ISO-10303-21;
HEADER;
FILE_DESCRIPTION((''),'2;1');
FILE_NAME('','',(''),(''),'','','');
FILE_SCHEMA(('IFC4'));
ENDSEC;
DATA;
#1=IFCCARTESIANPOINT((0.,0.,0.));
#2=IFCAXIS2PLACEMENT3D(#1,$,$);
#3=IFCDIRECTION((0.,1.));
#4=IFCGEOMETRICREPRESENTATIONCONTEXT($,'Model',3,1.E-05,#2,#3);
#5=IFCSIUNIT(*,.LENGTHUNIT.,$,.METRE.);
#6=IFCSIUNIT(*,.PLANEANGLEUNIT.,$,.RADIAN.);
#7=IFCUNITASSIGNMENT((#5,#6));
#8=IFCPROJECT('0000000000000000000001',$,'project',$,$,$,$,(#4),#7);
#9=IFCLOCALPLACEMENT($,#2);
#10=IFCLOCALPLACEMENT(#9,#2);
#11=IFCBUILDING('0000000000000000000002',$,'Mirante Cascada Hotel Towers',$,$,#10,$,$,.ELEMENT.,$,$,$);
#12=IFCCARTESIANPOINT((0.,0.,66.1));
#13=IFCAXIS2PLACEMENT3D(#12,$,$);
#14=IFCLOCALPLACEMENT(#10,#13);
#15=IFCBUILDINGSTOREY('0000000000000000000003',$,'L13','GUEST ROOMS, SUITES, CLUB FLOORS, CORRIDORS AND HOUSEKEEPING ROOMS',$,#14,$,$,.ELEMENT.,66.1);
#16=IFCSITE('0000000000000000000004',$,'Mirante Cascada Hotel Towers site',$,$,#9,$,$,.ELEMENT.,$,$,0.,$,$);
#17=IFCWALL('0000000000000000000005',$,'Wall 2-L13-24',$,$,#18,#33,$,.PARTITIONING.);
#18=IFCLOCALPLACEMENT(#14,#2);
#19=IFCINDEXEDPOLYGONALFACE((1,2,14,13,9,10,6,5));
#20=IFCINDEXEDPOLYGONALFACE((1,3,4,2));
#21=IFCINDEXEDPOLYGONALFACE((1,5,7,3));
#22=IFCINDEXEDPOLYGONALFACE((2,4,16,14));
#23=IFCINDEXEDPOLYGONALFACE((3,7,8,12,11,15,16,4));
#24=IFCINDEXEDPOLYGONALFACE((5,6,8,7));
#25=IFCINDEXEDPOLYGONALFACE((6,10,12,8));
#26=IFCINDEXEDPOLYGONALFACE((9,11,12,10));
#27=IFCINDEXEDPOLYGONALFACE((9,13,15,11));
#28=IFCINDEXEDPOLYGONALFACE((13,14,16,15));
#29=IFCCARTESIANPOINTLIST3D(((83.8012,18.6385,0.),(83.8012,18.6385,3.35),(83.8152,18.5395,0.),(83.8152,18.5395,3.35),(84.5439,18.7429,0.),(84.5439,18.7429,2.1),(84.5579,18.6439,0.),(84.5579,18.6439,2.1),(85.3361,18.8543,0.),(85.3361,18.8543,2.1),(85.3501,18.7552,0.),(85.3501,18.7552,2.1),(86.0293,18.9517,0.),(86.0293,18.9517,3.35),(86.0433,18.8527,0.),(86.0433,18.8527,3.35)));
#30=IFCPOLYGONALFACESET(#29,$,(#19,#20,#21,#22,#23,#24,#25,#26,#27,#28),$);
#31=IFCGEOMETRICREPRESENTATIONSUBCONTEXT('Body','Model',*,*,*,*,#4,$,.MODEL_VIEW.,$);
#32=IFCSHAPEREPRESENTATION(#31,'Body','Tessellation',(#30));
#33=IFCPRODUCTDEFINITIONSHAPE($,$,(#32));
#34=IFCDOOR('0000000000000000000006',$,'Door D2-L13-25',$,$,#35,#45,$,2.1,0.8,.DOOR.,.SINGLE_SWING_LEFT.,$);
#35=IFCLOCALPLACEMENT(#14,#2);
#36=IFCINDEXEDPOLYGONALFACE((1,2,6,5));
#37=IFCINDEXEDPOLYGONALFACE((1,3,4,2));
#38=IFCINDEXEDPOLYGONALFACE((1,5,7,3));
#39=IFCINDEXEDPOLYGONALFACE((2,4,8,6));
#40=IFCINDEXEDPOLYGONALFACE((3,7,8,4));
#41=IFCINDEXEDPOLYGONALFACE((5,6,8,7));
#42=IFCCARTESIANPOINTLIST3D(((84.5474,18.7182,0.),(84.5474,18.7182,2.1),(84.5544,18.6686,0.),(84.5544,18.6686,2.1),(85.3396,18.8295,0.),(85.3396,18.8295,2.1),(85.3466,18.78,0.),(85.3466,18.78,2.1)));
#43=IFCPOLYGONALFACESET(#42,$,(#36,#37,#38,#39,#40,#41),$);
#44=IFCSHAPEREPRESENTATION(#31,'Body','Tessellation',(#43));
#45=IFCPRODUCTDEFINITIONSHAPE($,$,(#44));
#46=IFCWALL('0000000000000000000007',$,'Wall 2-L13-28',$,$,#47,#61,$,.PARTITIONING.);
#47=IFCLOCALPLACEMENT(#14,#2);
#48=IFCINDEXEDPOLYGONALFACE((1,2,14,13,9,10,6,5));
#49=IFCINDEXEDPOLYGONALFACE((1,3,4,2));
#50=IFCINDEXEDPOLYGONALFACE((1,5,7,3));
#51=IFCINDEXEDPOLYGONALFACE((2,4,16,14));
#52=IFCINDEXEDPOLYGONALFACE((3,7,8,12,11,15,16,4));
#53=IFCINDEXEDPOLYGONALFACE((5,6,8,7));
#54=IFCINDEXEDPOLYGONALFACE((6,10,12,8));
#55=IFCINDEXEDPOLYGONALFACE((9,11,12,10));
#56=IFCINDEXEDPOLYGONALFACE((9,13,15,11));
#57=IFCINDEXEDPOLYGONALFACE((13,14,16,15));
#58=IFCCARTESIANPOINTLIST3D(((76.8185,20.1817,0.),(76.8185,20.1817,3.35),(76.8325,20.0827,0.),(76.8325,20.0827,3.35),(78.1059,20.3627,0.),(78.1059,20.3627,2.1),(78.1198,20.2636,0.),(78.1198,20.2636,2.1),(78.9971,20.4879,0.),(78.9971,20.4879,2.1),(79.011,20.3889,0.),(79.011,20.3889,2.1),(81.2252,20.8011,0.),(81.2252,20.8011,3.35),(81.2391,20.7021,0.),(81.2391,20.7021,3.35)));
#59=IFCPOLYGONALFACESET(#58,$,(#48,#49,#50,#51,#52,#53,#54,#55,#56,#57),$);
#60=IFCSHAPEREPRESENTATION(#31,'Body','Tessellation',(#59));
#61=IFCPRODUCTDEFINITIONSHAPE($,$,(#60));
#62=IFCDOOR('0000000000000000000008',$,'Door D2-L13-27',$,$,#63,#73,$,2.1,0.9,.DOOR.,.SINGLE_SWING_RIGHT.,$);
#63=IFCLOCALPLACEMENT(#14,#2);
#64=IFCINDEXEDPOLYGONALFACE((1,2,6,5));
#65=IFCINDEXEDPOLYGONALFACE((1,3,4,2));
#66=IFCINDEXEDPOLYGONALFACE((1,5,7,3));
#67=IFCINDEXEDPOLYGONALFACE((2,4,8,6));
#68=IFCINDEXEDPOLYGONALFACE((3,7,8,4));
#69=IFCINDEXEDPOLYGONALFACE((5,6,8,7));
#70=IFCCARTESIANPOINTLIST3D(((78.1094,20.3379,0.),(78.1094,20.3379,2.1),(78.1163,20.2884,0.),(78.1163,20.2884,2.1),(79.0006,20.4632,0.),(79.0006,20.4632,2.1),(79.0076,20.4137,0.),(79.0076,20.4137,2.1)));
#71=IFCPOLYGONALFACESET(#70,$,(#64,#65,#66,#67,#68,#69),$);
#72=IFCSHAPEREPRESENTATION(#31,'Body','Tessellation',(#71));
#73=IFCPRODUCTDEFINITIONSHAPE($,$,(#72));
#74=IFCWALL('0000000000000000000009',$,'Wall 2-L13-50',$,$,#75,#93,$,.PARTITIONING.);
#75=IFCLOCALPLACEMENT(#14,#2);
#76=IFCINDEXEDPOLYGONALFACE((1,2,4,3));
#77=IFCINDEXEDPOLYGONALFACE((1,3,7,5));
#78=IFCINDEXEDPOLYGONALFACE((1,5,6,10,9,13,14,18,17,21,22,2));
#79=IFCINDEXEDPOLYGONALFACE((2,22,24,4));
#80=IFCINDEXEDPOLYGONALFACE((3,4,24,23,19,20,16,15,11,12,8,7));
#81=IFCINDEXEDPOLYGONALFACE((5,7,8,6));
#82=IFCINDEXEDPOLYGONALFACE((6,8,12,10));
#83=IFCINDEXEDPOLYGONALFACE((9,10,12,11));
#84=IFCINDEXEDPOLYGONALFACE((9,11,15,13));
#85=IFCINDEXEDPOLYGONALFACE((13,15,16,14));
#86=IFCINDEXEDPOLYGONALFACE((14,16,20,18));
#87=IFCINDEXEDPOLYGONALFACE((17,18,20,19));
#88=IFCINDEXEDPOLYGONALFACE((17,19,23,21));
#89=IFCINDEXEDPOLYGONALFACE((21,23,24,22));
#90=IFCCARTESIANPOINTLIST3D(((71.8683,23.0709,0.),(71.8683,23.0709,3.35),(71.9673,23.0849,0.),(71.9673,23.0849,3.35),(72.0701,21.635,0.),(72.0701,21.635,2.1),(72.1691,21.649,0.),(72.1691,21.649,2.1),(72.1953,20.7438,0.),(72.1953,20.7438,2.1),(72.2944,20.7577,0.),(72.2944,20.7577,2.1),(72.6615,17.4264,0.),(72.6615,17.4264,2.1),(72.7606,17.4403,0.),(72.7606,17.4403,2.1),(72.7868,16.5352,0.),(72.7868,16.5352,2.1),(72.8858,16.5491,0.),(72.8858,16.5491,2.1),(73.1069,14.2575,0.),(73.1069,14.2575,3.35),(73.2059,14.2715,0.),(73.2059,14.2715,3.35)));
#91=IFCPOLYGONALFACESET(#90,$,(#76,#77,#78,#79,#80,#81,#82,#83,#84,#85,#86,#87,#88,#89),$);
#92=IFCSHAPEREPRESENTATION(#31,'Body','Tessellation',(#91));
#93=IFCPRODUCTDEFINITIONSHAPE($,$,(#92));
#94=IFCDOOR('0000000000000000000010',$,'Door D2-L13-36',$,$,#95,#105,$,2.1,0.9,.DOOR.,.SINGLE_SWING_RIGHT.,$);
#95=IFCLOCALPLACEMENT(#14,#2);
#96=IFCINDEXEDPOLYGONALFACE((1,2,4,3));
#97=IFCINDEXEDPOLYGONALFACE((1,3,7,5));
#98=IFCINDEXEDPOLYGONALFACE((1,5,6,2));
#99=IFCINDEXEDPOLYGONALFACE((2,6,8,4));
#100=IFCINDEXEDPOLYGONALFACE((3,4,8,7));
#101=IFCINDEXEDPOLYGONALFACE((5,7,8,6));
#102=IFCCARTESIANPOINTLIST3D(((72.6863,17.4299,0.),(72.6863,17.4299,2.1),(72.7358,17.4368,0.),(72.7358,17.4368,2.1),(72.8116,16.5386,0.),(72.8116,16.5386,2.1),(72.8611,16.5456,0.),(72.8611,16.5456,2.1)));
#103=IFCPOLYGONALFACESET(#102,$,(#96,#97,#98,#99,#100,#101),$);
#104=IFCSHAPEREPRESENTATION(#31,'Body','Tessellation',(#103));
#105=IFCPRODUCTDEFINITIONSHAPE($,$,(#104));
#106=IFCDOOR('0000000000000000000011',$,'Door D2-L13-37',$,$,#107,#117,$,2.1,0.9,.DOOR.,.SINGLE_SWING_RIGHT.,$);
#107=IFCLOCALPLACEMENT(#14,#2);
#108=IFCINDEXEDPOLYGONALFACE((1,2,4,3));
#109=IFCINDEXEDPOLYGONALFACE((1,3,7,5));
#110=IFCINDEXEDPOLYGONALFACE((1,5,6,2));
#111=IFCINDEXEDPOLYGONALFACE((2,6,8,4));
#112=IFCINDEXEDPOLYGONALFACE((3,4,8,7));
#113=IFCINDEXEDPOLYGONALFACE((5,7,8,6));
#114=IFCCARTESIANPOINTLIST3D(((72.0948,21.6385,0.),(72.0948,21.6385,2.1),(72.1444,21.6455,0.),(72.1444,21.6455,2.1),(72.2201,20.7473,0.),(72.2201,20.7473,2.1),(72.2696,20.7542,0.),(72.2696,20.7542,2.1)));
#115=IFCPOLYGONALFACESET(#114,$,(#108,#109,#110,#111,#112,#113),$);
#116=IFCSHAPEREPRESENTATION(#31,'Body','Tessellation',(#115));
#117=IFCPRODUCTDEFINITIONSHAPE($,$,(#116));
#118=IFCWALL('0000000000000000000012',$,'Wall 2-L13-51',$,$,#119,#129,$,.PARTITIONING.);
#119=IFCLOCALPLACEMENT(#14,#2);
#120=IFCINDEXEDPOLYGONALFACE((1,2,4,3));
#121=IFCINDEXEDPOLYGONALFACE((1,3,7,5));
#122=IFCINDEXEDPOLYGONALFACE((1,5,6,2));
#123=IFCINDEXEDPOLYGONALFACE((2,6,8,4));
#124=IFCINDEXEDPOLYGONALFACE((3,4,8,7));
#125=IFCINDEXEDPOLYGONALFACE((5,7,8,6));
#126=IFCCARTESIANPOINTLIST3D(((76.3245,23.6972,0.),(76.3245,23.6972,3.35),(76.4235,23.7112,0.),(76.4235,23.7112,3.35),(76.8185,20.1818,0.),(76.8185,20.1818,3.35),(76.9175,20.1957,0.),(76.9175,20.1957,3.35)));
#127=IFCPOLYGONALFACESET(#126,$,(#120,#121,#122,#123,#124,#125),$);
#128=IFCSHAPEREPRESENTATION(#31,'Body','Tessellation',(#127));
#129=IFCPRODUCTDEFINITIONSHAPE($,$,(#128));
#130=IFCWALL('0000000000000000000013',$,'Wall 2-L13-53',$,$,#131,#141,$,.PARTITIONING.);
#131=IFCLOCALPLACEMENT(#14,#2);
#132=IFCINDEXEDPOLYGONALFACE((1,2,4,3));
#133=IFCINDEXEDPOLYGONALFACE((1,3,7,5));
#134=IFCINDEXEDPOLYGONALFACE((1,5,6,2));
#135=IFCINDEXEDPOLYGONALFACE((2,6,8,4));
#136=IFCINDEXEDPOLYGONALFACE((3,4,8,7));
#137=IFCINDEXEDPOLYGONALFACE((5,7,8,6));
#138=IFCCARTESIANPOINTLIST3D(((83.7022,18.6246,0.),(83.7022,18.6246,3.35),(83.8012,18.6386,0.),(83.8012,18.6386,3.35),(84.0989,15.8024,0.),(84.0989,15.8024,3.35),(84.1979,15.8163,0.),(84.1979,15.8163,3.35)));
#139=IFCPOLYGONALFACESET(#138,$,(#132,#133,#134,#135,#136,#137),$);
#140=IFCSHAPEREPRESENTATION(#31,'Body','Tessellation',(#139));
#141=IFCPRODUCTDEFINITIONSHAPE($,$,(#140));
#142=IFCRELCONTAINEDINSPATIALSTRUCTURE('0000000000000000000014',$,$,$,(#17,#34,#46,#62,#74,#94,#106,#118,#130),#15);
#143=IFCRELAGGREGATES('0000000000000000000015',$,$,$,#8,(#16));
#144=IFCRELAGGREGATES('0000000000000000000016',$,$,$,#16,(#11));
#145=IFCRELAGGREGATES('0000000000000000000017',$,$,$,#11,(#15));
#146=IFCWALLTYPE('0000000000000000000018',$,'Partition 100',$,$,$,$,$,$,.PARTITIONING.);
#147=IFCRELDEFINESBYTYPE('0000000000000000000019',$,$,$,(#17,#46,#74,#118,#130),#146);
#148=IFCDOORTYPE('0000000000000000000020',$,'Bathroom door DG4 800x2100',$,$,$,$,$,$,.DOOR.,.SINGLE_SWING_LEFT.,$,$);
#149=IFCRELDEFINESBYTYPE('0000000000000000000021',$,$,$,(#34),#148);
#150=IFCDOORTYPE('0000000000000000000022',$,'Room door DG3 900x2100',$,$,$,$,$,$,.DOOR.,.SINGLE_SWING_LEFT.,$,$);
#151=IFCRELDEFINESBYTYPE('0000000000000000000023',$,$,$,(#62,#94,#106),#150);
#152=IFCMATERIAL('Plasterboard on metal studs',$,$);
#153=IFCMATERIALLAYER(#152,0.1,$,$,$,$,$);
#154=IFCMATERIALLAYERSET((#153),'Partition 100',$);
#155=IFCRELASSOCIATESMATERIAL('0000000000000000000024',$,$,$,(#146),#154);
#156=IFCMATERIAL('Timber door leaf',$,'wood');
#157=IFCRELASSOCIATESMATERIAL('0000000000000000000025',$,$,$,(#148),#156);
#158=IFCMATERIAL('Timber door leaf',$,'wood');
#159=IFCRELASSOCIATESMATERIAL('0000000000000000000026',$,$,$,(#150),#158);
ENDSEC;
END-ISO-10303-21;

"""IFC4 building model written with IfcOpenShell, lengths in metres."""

from ifc_helpers import new_model, si_unit, direction, frame, frame_2d, origin, place, context, subcontext, project, spatial, rectangle, extrude, material, layer, layer_set, type_object, element, fill, save


model = new_model("IFC4")

# Units and contexts
model_context = context("Model", 3, precision=1e-05, world=origin(), true_north=direction((0.0, 1.0)))
body_context = subcontext(model_context, "Body", "Model", "MODEL_VIEW")
ifc_project = project(units=[si_unit("LENGTHUNIT", "METRE"), si_unit("PLANEANGLEUNIT", "RADIAN")], contexts=[model_context])

# Site, building, storey
site_placement = place(None, origin())
site = spatial("IfcSite", under=ifc_project, at=site_placement, Name="Mirante Cascada Hotel Towers site", CompositionType="ELEMENT", RefElevation=0.0)
building_placement = place(site_placement, origin())
building = spatial("IfcBuilding", under=site, at=building_placement, Name="Mirante Cascada Hotel Towers", CompositionType="ELEMENT")
storey_placement = place(building_placement, frame((0.0, 0.0, 66.1)))
storey = spatial("IfcBuildingStorey", under=building, at=storey_placement, Name="L13", Description="GUEST ROOMS, SUITES, CLUB FLOORS, CORRIDORS AND HOUSEKEEPING ROOMS", CompositionType="ELEMENT", Elevation=66.1)

# Shared definitions
ifc_material_1 = material(Name="Plasterboard on metal studs")
ifc_layer_1 = layer(ifc_material_1, 0.1)
ifc_layer_set_1 = layer_set([ifc_layer_1], Name="Partition 100")
wall_type_1 = type_object("IfcWallType", Name="Partition 100", PredefinedType="PARTITIONING", material=ifc_layer_set_1)
ifc_material_2 = material(Name="Timber door leaf", Category="wood")
door_type_1 = type_object("IfcDoorType", Name="Bathroom door DG4 800x2100", OperationType="SINGLE_SWING_LEFT", PredefinedType="DOOR", material=ifc_material_2)

# Walls, openings, doors
wall_1_placement = place(storey_placement, frame((83.8082, 18.589, 0.0), z_axis=(0.0, 0.0, 1.0), x_axis=(0.990264, 0.1392, 0.0)))
wall_1 = element("IfcWall", 1, at=wall_1_placement, inside=storey, type_object=wall_type_1, Name="Wall 2-L13-24", PredefinedType="PARTITIONING", context=body_context, shape_type="SweptSolid", body=[
    extrude(rectangle(XDim=2.25, YDim=0.1, at=frame_2d((1.125, 0.0))), origin(), (0.0, 0.0, 1.0), 3.35),
])
opening_1_placement = place(wall_1_placement, frame((0.75, 0.0, 0.0)))
opening_1 = element("IfcOpeningElement", 2, at=opening_1_placement, cuts=wall_1, PredefinedType="OPENING", context=body_context, shape_type="SweptSolid", body=[
    extrude(rectangle(XDim=0.8, YDim=2.1, at=frame_2d((0.4, 1.05))), frame((0.0, 0.05, 0.0), z_axis=(0.0, -1.0, 0.0), x_axis=(1.0, 0.0, 0.0)), (0.0, 0.0, 1.0), 0.1),
])
door_1_placement = place(opening_1_placement, origin())
door_1 = element("IfcDoor", 3, at=door_1_placement, inside=storey, type_object=door_type_1, Name="Door D2-L13-25", OperationType="SINGLE_SWING_LEFT", OverallHeight=2.1, OverallWidth=0.8, PredefinedType="DOOR", context=body_context, shape_type="SweptSolid", body=[
    extrude(rectangle(XDim=0.8, YDim=2.1, at=frame_2d((0.4, 1.05))), frame((0.0, 0.025, 0.0), z_axis=(0.0, -1.0, 0.0), x_axis=(1.0, 0.0, 0.0)), (0.0, 0.0, 1.0), 0.05),
])
fill(opening_1, door_1)
wall_2_placement = place(storey_placement, frame((76.8255, 20.1322, 0.0), z_axis=(0.0, 0.0, 1.0), x_axis=(0.990266, 0.13919, 0.0)))
wall_2 = element("IfcWall", 4, at=wall_2_placement, inside=storey, type_object=wall_type_1, Name="Wall 2-L13-28", PredefinedType="PARTITIONING", context=body_context, shape_type="SweptSolid", body=[
    extrude(rectangle(XDim=4.45, YDim=0.1, at=frame_2d((2.225, 0.0))), origin(), (0.0, 0.0, 1.0), 3.35),
])
opening_2_placement = place(wall_2_placement, frame((1.3, 0.0, 0.0)))
opening_2 = element("IfcOpeningElement", 5, at=opening_2_placement, cuts=wall_2, PredefinedType="OPENING", context=body_context, shape_type="SweptSolid", body=[
    extrude(rectangle(XDim=0.9, YDim=2.1, at=frame_2d((0.45, 1.05))), frame((0.0, 0.05, 0.0), z_axis=(0.0, -1.0, 0.0), x_axis=(1.0, 0.0, 0.0)), (0.0, 0.0, 1.0), 0.1),
])
ifc_material_3 = material(Name="Timber door leaf", Category="wood")
door_type_2 = type_object("IfcDoorType", Name="Room door DG3 900x2100", OperationType="SINGLE_SWING_LEFT", PredefinedType="DOOR", material=ifc_material_3)
door_2_placement = place(opening_2_placement, frame((0.9, 0.0, 0.0), z_axis=(0.0, 0.0, 1.0), x_axis=(-1.0, 0.0, 0.0)))
door_2 = element("IfcDoor", 6, at=door_2_placement, inside=storey, type_object=door_type_2, Name="Door D2-L13-27", OperationType="SINGLE_SWING_RIGHT", OverallHeight=2.1, OverallWidth=0.9, PredefinedType="DOOR", context=body_context, shape_type="SweptSolid", body=[
    extrude(rectangle(XDim=0.9, YDim=2.1, at=frame_2d((0.45, 1.05))), frame((0.0, 0.025, 0.0), z_axis=(0.0, -1.0, 0.0), x_axis=(1.0, 0.0, 0.0)), (0.0, 0.0, 1.0), 0.05),
])
fill(opening_2, door_2)

# Wall, openings, doors
wall_3_placement = place(storey_placement, frame((73.1564, 14.2645, 0.0), z_axis=(0.0, 0.0, 1.0), x_axis=(-0.139168, 0.990269, 0.0)))
wall_3 = element("IfcWall", 7, at=wall_3_placement, inside=storey, type_object=wall_type_1, Name="Wall 2-L13-50", PredefinedType="PARTITIONING", context=body_context, shape_type="SweptSolid", body=[
    extrude(rectangle(XDim=8.9, YDim=0.1, at=frame_2d((4.45, 0.0))), origin(), (0.0, 0.0, 1.0), 3.35),
])
opening_3_placement = place(wall_3_placement, frame((2.3, 0.0, 0.0)))
opening_3 = element("IfcOpeningElement", 8, at=opening_3_placement, cuts=wall_3, PredefinedType="OPENING", context=body_context, shape_type="SweptSolid", body=[
    extrude(rectangle(XDim=0.9, YDim=2.1, at=frame_2d((0.45, 1.05))), frame((0.0, 0.05, 0.0), z_axis=(0.0, -1.0, 0.0), x_axis=(1.0, 0.0, 0.0)), (0.0, 0.0, 1.0), 0.1),
])
opening_4_placement = place(wall_3_placement, frame((6.55, 0.0, 0.0)))
opening_4 = element("IfcOpeningElement", 9, at=opening_4_placement, cuts=wall_3, PredefinedType="OPENING", context=body_context, shape_type="SweptSolid", body=[
    extrude(rectangle(XDim=0.9, YDim=2.1, at=frame_2d((0.45, 1.05))), frame((0.0, 0.05, 0.0), z_axis=(0.0, -1.0, 0.0), x_axis=(1.0, 0.0, 0.0)), (0.0, 0.0, 1.0), 0.1),
])
door_3_placement = place(opening_3_placement, frame((0.9, 0.0, 0.0), z_axis=(0.0, 0.0, 1.0), x_axis=(-1.0, 0.0, 0.0)))
door_3 = element("IfcDoor", 10, at=door_3_placement, inside=storey, type_object=door_type_2, Name="Door D2-L13-36", OperationType="SINGLE_SWING_RIGHT", OverallHeight=2.1, OverallWidth=0.9, PredefinedType="DOOR", context=body_context, shape_type="SweptSolid", body=[
    extrude(rectangle(XDim=0.9, YDim=2.1, at=frame_2d((0.45, 1.05))), frame((0.0, 0.025, 0.0), z_axis=(0.0, -1.0, 0.0), x_axis=(1.0, 0.0, 0.0)), (0.0, 0.0, 1.0), 0.05),
])
fill(opening_3, door_3)
door_4_placement = place(opening_4_placement, frame((0.9, 0.0, 0.0), z_axis=(0.0, 0.0, 1.0), x_axis=(-1.0, 0.0, 0.0)))
door_4 = element("IfcDoor", 11, at=door_4_placement, inside=storey, type_object=door_type_2, Name="Door D2-L13-37", OperationType="SINGLE_SWING_RIGHT", OverallHeight=2.1, OverallWidth=0.9, PredefinedType="DOOR", context=body_context, shape_type="SweptSolid", body=[
    extrude(rectangle(XDim=0.9, YDim=2.1, at=frame_2d((0.45, 1.05))), frame((0.0, 0.025, 0.0), z_axis=(0.0, -1.0, 0.0), x_axis=(1.0, 0.0, 0.0)), (0.0, 0.0, 1.0), 0.05),
])
fill(opening_4, door_4)

# Walls
wall_4_placement = place(storey_placement, frame((76.374, 23.7042, 0.0), z_axis=(0.0, 0.0, 1.0), x_axis=(0.139153, -0.990271, 0.0)))
element("IfcWall", 12, at=wall_4_placement, inside=storey, type_object=wall_type_1, Name="Wall 2-L13-51", PredefinedType="PARTITIONING", context=body_context, shape_type="SweptSolid", body=[
    extrude(rectangle(XDim=3.55, YDim=0.1, at=frame_2d((1.775, 0.0))), origin(), (0.0, 0.0, 1.0), 3.35),
])
wall_5_placement = place(storey_placement, frame((83.7517, 18.6316, 0.0), z_axis=(0.0, 0.0, 1.0), x_axis=(0.139191, -0.990266, 0.0)))
element("IfcWall", 13, at=wall_5_placement, inside=storey, type_object=wall_type_1, Name="Wall 2-L13-53", PredefinedType="PARTITIONING", context=body_context, shape_type="SweptSolid", body=[
    extrude(rectangle(XDim=2.85, YDim=0.1, at=frame_2d((1.425, 0.0))), origin(), (0.0, 0.0, 1.0), 3.35),
])

save(model, "model.ifc")
